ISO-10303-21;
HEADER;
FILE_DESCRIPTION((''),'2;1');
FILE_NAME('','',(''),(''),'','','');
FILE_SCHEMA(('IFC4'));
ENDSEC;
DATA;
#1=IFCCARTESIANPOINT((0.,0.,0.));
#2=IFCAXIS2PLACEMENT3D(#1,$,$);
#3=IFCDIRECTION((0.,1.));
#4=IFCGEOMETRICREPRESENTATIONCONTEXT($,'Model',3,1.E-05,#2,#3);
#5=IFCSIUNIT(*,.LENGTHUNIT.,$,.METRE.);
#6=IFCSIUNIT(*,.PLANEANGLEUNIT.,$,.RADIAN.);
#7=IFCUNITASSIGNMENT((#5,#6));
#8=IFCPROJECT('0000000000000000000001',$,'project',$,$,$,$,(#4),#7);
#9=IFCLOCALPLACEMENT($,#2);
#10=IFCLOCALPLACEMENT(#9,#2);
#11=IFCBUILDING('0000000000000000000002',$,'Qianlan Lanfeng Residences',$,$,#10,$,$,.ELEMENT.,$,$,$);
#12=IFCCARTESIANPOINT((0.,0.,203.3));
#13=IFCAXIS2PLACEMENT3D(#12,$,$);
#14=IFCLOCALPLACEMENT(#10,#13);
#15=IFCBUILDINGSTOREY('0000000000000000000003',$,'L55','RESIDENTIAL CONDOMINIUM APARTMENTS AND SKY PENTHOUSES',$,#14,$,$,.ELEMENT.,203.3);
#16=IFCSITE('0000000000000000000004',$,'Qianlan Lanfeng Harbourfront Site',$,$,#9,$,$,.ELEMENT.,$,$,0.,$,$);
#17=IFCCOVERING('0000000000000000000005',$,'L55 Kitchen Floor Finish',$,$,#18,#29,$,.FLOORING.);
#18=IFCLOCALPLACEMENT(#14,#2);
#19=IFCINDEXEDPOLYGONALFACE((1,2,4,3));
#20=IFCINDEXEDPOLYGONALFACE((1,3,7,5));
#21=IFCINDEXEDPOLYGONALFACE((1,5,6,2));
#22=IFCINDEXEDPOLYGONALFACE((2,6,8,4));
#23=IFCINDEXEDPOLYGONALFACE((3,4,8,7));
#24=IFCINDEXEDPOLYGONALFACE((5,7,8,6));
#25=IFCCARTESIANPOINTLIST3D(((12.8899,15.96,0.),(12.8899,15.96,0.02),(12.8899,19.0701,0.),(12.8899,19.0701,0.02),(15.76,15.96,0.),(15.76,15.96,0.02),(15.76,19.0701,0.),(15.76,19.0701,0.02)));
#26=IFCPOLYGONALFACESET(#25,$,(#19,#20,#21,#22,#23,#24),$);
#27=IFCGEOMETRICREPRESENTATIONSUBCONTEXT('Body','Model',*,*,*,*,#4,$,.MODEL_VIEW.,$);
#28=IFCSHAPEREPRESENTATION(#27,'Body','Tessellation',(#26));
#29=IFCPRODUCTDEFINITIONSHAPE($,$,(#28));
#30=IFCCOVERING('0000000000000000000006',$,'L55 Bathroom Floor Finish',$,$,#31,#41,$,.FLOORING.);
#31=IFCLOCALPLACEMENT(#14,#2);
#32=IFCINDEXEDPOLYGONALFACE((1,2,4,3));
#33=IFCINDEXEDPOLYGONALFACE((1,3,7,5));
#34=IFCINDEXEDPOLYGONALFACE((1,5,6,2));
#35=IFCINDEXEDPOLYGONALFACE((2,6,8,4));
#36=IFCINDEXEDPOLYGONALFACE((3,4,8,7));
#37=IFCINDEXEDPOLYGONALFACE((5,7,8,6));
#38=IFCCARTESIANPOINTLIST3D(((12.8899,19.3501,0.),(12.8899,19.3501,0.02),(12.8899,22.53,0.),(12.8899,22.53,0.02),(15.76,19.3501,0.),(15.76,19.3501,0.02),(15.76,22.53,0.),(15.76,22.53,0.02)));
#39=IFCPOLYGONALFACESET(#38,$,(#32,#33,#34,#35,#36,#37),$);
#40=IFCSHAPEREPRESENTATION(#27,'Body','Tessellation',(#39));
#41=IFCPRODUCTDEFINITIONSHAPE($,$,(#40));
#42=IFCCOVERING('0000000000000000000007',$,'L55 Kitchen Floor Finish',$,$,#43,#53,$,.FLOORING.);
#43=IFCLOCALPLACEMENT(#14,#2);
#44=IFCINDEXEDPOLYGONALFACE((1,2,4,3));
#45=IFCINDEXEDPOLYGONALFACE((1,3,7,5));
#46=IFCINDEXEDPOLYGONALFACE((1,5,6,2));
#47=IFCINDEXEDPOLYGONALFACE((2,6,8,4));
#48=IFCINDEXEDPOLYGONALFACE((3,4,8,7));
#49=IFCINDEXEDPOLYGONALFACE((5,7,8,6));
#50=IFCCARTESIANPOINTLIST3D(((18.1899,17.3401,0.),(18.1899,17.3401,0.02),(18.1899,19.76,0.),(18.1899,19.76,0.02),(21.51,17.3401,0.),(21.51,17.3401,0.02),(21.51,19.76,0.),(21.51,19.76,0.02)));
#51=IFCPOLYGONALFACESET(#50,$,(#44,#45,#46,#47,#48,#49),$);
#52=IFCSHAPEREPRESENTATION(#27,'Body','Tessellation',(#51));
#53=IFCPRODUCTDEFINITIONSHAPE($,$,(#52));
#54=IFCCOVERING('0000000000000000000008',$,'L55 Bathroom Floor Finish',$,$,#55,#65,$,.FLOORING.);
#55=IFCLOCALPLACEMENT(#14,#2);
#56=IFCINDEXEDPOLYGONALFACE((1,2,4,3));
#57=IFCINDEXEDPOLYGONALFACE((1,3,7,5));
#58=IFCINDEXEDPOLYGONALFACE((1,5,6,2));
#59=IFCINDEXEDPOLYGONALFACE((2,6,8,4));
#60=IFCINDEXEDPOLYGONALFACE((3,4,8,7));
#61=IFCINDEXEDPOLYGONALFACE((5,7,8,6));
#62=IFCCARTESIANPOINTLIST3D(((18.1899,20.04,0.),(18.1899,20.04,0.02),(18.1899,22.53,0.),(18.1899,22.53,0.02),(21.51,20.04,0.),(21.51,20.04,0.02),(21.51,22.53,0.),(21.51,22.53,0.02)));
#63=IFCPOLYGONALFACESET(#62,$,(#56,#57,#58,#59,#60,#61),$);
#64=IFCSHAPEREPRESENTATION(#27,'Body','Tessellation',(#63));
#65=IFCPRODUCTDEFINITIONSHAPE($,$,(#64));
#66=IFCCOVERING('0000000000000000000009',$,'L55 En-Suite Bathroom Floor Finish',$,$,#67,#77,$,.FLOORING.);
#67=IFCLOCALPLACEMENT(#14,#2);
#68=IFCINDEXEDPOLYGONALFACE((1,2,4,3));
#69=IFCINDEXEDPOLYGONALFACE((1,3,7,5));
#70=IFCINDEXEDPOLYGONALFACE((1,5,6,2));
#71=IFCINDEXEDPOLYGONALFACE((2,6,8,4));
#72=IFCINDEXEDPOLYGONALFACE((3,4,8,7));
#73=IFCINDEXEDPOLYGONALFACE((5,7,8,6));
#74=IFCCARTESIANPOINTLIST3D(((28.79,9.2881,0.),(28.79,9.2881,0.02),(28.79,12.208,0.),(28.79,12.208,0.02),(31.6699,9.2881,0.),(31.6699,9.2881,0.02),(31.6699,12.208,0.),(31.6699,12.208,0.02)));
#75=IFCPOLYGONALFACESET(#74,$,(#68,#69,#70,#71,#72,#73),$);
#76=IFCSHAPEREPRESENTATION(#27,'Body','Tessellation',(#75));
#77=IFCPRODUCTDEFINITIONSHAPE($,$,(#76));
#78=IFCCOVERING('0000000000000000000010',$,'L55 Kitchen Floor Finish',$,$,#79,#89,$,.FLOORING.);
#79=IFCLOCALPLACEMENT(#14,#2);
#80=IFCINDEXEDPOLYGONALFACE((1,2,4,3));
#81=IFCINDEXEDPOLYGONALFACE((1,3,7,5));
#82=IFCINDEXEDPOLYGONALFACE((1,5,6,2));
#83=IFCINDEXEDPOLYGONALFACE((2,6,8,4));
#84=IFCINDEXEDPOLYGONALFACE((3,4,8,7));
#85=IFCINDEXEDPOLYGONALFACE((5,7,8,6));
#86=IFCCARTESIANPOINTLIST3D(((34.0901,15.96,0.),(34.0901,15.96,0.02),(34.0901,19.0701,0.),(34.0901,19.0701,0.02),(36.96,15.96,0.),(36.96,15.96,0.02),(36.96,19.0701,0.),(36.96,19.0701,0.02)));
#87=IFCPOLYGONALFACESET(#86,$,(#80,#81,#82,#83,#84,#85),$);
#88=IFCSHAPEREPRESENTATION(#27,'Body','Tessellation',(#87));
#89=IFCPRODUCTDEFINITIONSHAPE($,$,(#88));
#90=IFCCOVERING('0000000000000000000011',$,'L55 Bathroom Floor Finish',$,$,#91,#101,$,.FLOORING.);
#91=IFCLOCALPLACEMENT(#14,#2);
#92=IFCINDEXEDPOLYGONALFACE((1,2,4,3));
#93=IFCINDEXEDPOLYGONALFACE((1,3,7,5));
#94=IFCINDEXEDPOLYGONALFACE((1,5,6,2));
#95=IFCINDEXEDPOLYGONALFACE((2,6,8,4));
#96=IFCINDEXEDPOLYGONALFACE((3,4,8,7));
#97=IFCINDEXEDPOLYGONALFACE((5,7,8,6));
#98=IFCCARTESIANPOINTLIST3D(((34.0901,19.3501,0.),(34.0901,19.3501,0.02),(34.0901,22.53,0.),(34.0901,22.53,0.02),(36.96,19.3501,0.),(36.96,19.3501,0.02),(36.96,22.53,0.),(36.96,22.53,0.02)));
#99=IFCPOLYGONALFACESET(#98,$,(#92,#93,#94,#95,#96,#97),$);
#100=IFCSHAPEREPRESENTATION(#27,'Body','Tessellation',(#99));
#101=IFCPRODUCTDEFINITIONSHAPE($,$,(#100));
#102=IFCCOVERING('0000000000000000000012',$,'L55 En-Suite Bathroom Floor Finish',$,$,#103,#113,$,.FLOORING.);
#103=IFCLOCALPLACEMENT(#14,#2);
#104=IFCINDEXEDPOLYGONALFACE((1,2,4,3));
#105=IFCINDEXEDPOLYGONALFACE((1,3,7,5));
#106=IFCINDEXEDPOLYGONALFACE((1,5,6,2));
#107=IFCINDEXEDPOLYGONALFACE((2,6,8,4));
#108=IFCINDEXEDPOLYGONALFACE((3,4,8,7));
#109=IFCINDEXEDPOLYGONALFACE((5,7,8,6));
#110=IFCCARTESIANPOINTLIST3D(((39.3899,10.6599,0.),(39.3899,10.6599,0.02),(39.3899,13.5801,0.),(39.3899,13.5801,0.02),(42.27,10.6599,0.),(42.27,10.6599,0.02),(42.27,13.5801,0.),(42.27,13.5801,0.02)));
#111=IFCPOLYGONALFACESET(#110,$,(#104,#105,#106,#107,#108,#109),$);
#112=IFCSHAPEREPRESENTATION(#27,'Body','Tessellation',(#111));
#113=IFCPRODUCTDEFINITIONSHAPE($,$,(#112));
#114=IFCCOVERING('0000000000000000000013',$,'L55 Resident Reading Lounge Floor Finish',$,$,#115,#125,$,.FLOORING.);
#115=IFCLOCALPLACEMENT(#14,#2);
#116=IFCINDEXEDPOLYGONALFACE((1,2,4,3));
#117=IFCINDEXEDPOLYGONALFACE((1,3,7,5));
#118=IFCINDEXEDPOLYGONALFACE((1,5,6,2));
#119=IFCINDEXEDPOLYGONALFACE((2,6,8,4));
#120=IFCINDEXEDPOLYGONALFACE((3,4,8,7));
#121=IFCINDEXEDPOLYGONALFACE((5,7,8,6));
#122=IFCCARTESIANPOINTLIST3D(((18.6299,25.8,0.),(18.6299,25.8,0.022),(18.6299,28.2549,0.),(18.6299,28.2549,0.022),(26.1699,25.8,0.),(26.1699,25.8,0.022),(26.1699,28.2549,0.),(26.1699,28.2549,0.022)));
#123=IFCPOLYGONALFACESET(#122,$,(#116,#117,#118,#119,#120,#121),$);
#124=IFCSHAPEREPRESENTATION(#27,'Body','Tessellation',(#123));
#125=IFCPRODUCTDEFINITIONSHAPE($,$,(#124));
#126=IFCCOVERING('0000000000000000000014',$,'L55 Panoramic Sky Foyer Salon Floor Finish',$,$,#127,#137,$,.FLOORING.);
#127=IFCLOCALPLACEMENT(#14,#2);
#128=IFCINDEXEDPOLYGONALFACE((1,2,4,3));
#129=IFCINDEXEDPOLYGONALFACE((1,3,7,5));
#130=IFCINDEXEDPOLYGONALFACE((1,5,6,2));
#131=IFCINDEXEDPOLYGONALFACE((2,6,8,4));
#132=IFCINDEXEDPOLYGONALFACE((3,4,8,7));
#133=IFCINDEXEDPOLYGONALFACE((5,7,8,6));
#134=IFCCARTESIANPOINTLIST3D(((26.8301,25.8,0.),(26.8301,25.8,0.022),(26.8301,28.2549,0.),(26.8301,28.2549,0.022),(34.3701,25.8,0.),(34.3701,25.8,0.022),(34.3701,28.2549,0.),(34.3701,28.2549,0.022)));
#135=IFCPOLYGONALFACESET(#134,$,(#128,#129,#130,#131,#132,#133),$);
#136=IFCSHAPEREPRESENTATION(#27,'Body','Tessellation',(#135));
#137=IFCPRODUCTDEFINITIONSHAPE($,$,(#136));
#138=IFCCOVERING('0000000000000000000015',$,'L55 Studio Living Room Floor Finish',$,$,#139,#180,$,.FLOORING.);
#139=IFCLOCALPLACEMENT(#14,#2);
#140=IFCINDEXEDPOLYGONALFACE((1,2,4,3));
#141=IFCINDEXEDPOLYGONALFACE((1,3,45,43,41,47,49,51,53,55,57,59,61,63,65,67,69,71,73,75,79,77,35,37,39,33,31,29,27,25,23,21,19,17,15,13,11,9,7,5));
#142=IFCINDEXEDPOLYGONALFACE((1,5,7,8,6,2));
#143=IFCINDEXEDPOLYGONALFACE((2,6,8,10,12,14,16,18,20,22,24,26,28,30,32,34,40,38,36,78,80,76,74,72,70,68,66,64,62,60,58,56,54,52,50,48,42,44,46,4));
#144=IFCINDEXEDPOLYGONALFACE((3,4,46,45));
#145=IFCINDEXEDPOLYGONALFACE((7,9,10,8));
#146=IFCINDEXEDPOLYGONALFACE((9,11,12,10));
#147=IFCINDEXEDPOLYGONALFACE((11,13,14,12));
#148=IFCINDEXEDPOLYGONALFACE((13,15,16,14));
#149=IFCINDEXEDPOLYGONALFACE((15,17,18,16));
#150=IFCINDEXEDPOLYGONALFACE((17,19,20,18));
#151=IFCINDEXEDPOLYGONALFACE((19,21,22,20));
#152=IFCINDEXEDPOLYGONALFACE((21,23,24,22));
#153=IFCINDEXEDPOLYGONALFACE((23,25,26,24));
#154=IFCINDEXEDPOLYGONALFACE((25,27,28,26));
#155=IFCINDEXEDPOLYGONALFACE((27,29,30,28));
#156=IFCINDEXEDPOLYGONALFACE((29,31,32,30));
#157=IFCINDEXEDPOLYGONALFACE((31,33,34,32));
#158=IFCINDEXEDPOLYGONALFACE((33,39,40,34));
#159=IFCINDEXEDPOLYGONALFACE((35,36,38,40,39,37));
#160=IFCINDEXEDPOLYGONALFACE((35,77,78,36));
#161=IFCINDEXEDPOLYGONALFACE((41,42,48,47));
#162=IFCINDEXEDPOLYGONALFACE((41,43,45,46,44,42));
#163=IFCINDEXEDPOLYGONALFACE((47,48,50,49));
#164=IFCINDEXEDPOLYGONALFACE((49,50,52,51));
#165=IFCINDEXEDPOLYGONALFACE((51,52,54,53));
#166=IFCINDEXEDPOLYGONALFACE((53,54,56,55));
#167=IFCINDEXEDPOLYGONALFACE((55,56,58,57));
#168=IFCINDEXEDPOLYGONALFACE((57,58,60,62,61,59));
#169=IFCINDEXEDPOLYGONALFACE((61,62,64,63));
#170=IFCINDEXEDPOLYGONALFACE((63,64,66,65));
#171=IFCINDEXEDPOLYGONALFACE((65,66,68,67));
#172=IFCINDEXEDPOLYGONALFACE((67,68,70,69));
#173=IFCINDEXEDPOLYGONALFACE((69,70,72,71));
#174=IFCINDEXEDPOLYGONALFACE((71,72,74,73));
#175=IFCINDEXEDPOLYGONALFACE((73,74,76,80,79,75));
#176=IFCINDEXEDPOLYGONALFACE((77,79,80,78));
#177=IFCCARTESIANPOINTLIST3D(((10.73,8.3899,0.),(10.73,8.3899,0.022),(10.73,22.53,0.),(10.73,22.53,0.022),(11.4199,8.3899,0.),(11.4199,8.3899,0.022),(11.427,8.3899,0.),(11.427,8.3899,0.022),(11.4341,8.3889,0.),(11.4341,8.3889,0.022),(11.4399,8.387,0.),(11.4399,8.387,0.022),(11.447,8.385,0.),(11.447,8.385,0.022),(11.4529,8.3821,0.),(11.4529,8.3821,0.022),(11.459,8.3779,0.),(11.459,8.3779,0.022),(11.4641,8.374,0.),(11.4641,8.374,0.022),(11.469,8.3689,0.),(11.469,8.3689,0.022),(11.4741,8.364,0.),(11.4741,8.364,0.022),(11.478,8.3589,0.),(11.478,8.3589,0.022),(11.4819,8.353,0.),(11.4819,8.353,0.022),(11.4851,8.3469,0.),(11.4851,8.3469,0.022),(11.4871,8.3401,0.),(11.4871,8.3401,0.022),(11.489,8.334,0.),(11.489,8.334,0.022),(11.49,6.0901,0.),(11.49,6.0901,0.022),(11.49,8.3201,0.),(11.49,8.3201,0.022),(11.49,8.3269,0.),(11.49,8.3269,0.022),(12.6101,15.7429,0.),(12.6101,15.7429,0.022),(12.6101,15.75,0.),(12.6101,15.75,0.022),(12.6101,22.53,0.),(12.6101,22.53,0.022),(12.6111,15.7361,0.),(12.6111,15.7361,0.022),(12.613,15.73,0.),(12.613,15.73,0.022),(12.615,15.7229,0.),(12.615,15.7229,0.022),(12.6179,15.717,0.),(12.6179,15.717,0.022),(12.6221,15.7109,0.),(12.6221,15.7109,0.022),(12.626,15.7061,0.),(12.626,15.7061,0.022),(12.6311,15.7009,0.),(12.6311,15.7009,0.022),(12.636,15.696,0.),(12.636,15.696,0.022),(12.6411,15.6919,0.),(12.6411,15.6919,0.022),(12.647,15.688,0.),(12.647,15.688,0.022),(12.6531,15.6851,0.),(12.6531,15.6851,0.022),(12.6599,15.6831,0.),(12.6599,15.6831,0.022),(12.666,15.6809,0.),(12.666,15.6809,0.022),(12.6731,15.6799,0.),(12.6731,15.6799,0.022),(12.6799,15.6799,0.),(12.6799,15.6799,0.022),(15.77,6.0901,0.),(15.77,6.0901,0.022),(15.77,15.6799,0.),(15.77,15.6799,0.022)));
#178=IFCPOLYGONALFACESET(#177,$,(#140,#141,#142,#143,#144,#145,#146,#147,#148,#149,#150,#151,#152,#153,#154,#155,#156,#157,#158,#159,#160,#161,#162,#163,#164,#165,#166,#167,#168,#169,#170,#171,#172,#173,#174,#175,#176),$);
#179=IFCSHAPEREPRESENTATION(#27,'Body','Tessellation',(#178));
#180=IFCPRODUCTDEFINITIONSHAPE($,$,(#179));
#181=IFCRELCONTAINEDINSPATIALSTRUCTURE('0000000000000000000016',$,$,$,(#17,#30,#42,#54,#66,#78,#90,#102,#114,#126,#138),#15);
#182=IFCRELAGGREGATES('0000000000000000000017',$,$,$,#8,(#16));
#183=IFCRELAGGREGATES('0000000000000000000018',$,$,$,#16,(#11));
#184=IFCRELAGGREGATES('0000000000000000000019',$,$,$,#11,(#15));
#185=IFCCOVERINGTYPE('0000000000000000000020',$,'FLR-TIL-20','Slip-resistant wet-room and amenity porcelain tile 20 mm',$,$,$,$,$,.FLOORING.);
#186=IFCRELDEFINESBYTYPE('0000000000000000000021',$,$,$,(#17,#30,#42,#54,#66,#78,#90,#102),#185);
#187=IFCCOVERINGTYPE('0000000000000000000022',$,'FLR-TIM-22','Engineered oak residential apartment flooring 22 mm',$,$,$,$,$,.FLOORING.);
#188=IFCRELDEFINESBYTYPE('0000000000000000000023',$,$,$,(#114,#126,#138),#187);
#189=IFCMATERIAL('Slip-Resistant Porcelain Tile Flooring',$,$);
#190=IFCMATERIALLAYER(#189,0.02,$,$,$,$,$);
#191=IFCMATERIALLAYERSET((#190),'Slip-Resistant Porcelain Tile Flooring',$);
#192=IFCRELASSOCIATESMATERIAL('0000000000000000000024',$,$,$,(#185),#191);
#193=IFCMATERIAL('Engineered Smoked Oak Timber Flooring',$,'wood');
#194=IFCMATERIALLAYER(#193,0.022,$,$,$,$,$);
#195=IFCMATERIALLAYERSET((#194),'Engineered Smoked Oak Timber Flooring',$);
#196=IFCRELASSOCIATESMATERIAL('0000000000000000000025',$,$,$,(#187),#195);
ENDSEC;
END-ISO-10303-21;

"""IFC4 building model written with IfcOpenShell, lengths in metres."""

from ifc_helpers import new_model, si_unit, direction, frame, origin, place, context, subcontext, project, spatial, polyline, outline, extrude, material, layer, layer_set, type_object, element, save


model = new_model("IFC4")

# Units and contexts
model_context = context("Model", 3, precision=1e-05, world=origin(), true_north=direction((0.0, 1.0)))
body_context = subcontext(model_context, "Body", "Model", "MODEL_VIEW")
ifc_project = project(units=[si_unit("LENGTHUNIT", "METRE"), si_unit("PLANEANGLEUNIT", "RADIAN")], contexts=[model_context])

# Site, building, storey
site_placement = place(None, origin())
site = spatial("IfcSite", under=ifc_project, at=site_placement, Name="Qianlan Lanfeng Harbourfront Site", CompositionType="ELEMENT", RefElevation=0.0)
building_placement = place(site_placement, origin())
building = spatial("IfcBuilding", under=site, at=building_placement, Name="Qianlan Lanfeng Residences", CompositionType="ELEMENT")
storey_placement = place(building_placement, frame((0.0, 0.0, 203.3)))
storey = spatial("IfcBuildingStorey", under=building, at=storey_placement, Name="L55", Description="RESIDENTIAL CONDOMINIUM APARTMENTS AND SKY PENTHOUSES", CompositionType="ELEMENT", Elevation=203.3)

# Coverings
ifc_material_1 = material(Name="Slip-Resistant Porcelain Tile Flooring")
ifc_layer_1 = layer(ifc_material_1, 0.02)
ifc_layer_set_1 = layer_set([ifc_layer_1], Name="Slip-Resistant Porcelain Tile Flooring")
covering_type_1 = type_object("IfcCoveringType", Name="FLR-TIL-20", Description="Slip-resistant wet-room and amenity porcelain tile 20 mm", PredefinedType="FLOORING", material=ifc_layer_set_1)
covering_1_placement = place(storey_placement, origin())
element("IfcCovering", 1, at=covering_1_placement, inside=storey, type_object=covering_type_1, Name="L55 Kitchen Floor Finish", PredefinedType="FLOORING", context=body_context, shape_type="SweptSolid", body=[
    extrude(outline(polyline([(12.8899, 15.96), (15.76, 15.96), (15.76, 19.0701), (12.8899, 19.0701), (12.8899, 15.96)])), origin(), (0.0, 0.0, 1.0), 0.02),
])
covering_2_placement = place(storey_placement, origin())
element("IfcCovering", 2, at=covering_2_placement, inside=storey, type_object=covering_type_1, Name="L55 Bathroom Floor Finish", PredefinedType="FLOORING", context=body_context, shape_type="SweptSolid", body=[
    extrude(outline(polyline([(12.8899, 19.3501), (15.76, 19.3501), (15.76, 22.53), (12.8899, 22.53), (12.8899, 19.3501)])), origin(), (0.0, 0.0, 1.0), 0.02),
])
covering_3_placement = place(storey_placement, origin())
element("IfcCovering", 3, at=covering_3_placement, inside=storey, type_object=covering_type_1, Name="L55 Kitchen Floor Finish", PredefinedType="FLOORING", context=body_context, shape_type="SweptSolid", body=[
    extrude(outline(polyline([(18.1899, 17.3401), (21.51, 17.3401), (21.51, 19.76), (18.1899, 19.76), (18.1899, 17.3401)])), origin(), (0.0, 0.0, 1.0), 0.02),
])
covering_4_placement = place(storey_placement, origin())
element("IfcCovering", 4, at=covering_4_placement, inside=storey, type_object=covering_type_1, Name="L55 Bathroom Floor Finish", PredefinedType="FLOORING", context=body_context, shape_type="SweptSolid", body=[
    extrude(outline(polyline([(18.1899, 20.04), (21.51, 20.04), (21.51, 22.53), (18.1899, 22.53), (18.1899, 20.04)])), origin(), (0.0, 0.0, 1.0), 0.02),
])
covering_5_placement = place(storey_placement, origin())
element("IfcCovering", 5, at=covering_5_placement, inside=storey, type_object=covering_type_1, Name="L55 En-Suite Bathroom Floor Finish", PredefinedType="FLOORING", context=body_context, shape_type="SweptSolid", body=[
    extrude(outline(polyline([(28.79, 9.2881), (31.6699, 9.2881), (31.6699, 12.208), (28.79, 12.208), (28.79, 9.2881)])), origin(), (0.0, 0.0, 1.0), 0.02),
])
covering_6_placement = place(storey_placement, origin())
element("IfcCovering", 6, at=covering_6_placement, inside=storey, type_object=covering_type_1, Name="L55 Kitchen Floor Finish", PredefinedType="FLOORING", context=body_context, shape_type="SweptSolid", body=[
    extrude(outline(polyline([(34.0901, 15.96), (36.96, 15.96), (36.96, 19.0701), (34.0901, 19.0701), (34.0901, 15.96)])), origin(), (0.0, 0.0, 1.0), 0.02),
])
covering_7_placement = place(storey_placement, origin())
element("IfcCovering", 7, at=covering_7_placement, inside=storey, type_object=covering_type_1, Name="L55 Bathroom Floor Finish", PredefinedType="FLOORING", context=body_context, shape_type="SweptSolid", body=[
    extrude(outline(polyline([(34.0901, 19.3501), (36.96, 19.3501), (36.96, 22.53), (34.0901, 22.53), (34.0901, 19.3501)])), origin(), (0.0, 0.0, 1.0), 0.02),
])
covering_8_placement = place(storey_placement, origin())
element("IfcCovering", 8, at=covering_8_placement, inside=storey, type_object=covering_type_1, Name="L55 En-Suite Bathroom Floor Finish", PredefinedType="FLOORING", context=body_context, shape_type="SweptSolid", body=[
    extrude(outline(polyline([(39.3899, 10.6599), (42.27, 10.6599), (42.27, 13.5801), (39.3899, 13.5801), (39.3899, 10.6599)])), origin(), (0.0, 0.0, 1.0), 0.02),
])
ifc_material_2 = material(Name="Engineered Smoked Oak Timber Flooring", Category="wood")
ifc_layer_2 = layer(ifc_material_2, 0.022)
ifc_layer_set_2 = layer_set([ifc_layer_2], Name="Engineered Smoked Oak Timber Flooring")
covering_type_2 = type_object("IfcCoveringType", Name="FLR-TIM-22", Description="Engineered oak residential apartment flooring 22 mm", PredefinedType="FLOORING", material=ifc_layer_set_2)
covering_9_placement = place(storey_placement, origin())
element("IfcCovering", 9, at=covering_9_placement, inside=storey, type_object=covering_type_2, Name="L55 Resident Reading Lounge Floor Finish", PredefinedType="FLOORING", context=body_context, shape_type="SweptSolid", body=[
    extrude(outline(polyline([(18.6299, 25.8), (26.1699, 25.8), (26.1699, 28.2549), (18.6299, 28.2549), (18.6299, 25.8)])), origin(), (0.0, 0.0, 1.0), 0.022),
])
covering_10_placement = place(storey_placement, origin())
element("IfcCovering", 10, at=covering_10_placement, inside=storey, type_object=covering_type_2, Name="L55 Panoramic Sky Foyer Salon Floor Finish", PredefinedType="FLOORING", context=body_context, shape_type="SweptSolid", body=[
    extrude(outline(polyline([(26.8301, 25.8), (34.3701, 25.8), (34.3701, 28.2549), (26.8301, 28.2549), (26.8301, 25.8)])), origin(), (0.0, 0.0, 1.0), 0.022),
])
covering_11_placement = place(storey_placement, origin())
element("IfcCovering", 11, at=covering_11_placement, inside=storey, type_object=covering_type_2, Name="L55 Studio Living Room Floor Finish", PredefinedType="FLOORING", context=body_context, shape_type="SweptSolid", body=[
    extrude(outline(polyline([(15.77, 6.0901), (15.77, 15.6799), (12.6799, 15.6799), (12.6731, 15.6799), (12.666, 15.6809), (12.6599, 15.6831), (12.6531, 15.6851), (12.647, 15.688), (12.6411, 15.6919), (12.636, 15.696), (12.6311, 15.7009), (12.626, 15.7061), (12.6221, 15.7109), (12.6179, 15.717), (12.615, 15.7229), (12.613, 15.73), (12.6111, 15.7361), (12.6101, 15.7429), (12.6101, 15.75), (12.6101, 22.53), (10.73, 22.53), (10.73, 8.3899), (11.4199, 8.3899), (11.427, 8.3899), (11.4341, 8.3889), (11.4399, 8.387), (11.447, 8.385), (11.4529, 8.3821), (11.459, 8.3779), (11.4641, 8.374), (11.469, 8.3689), (11.4741, 8.364), (11.478, 8.3589), (11.4819, 8.353), (11.4851, 8.3469), (11.4871, 8.3401), (11.489, 8.334), (11.49, 8.3269), (11.49, 8.3201), (11.49, 6.0901), (15.77, 6.0901)])), origin(), (0.0, 0.0, 1.0), 0.022),
])

save(model, "model.ifc")
